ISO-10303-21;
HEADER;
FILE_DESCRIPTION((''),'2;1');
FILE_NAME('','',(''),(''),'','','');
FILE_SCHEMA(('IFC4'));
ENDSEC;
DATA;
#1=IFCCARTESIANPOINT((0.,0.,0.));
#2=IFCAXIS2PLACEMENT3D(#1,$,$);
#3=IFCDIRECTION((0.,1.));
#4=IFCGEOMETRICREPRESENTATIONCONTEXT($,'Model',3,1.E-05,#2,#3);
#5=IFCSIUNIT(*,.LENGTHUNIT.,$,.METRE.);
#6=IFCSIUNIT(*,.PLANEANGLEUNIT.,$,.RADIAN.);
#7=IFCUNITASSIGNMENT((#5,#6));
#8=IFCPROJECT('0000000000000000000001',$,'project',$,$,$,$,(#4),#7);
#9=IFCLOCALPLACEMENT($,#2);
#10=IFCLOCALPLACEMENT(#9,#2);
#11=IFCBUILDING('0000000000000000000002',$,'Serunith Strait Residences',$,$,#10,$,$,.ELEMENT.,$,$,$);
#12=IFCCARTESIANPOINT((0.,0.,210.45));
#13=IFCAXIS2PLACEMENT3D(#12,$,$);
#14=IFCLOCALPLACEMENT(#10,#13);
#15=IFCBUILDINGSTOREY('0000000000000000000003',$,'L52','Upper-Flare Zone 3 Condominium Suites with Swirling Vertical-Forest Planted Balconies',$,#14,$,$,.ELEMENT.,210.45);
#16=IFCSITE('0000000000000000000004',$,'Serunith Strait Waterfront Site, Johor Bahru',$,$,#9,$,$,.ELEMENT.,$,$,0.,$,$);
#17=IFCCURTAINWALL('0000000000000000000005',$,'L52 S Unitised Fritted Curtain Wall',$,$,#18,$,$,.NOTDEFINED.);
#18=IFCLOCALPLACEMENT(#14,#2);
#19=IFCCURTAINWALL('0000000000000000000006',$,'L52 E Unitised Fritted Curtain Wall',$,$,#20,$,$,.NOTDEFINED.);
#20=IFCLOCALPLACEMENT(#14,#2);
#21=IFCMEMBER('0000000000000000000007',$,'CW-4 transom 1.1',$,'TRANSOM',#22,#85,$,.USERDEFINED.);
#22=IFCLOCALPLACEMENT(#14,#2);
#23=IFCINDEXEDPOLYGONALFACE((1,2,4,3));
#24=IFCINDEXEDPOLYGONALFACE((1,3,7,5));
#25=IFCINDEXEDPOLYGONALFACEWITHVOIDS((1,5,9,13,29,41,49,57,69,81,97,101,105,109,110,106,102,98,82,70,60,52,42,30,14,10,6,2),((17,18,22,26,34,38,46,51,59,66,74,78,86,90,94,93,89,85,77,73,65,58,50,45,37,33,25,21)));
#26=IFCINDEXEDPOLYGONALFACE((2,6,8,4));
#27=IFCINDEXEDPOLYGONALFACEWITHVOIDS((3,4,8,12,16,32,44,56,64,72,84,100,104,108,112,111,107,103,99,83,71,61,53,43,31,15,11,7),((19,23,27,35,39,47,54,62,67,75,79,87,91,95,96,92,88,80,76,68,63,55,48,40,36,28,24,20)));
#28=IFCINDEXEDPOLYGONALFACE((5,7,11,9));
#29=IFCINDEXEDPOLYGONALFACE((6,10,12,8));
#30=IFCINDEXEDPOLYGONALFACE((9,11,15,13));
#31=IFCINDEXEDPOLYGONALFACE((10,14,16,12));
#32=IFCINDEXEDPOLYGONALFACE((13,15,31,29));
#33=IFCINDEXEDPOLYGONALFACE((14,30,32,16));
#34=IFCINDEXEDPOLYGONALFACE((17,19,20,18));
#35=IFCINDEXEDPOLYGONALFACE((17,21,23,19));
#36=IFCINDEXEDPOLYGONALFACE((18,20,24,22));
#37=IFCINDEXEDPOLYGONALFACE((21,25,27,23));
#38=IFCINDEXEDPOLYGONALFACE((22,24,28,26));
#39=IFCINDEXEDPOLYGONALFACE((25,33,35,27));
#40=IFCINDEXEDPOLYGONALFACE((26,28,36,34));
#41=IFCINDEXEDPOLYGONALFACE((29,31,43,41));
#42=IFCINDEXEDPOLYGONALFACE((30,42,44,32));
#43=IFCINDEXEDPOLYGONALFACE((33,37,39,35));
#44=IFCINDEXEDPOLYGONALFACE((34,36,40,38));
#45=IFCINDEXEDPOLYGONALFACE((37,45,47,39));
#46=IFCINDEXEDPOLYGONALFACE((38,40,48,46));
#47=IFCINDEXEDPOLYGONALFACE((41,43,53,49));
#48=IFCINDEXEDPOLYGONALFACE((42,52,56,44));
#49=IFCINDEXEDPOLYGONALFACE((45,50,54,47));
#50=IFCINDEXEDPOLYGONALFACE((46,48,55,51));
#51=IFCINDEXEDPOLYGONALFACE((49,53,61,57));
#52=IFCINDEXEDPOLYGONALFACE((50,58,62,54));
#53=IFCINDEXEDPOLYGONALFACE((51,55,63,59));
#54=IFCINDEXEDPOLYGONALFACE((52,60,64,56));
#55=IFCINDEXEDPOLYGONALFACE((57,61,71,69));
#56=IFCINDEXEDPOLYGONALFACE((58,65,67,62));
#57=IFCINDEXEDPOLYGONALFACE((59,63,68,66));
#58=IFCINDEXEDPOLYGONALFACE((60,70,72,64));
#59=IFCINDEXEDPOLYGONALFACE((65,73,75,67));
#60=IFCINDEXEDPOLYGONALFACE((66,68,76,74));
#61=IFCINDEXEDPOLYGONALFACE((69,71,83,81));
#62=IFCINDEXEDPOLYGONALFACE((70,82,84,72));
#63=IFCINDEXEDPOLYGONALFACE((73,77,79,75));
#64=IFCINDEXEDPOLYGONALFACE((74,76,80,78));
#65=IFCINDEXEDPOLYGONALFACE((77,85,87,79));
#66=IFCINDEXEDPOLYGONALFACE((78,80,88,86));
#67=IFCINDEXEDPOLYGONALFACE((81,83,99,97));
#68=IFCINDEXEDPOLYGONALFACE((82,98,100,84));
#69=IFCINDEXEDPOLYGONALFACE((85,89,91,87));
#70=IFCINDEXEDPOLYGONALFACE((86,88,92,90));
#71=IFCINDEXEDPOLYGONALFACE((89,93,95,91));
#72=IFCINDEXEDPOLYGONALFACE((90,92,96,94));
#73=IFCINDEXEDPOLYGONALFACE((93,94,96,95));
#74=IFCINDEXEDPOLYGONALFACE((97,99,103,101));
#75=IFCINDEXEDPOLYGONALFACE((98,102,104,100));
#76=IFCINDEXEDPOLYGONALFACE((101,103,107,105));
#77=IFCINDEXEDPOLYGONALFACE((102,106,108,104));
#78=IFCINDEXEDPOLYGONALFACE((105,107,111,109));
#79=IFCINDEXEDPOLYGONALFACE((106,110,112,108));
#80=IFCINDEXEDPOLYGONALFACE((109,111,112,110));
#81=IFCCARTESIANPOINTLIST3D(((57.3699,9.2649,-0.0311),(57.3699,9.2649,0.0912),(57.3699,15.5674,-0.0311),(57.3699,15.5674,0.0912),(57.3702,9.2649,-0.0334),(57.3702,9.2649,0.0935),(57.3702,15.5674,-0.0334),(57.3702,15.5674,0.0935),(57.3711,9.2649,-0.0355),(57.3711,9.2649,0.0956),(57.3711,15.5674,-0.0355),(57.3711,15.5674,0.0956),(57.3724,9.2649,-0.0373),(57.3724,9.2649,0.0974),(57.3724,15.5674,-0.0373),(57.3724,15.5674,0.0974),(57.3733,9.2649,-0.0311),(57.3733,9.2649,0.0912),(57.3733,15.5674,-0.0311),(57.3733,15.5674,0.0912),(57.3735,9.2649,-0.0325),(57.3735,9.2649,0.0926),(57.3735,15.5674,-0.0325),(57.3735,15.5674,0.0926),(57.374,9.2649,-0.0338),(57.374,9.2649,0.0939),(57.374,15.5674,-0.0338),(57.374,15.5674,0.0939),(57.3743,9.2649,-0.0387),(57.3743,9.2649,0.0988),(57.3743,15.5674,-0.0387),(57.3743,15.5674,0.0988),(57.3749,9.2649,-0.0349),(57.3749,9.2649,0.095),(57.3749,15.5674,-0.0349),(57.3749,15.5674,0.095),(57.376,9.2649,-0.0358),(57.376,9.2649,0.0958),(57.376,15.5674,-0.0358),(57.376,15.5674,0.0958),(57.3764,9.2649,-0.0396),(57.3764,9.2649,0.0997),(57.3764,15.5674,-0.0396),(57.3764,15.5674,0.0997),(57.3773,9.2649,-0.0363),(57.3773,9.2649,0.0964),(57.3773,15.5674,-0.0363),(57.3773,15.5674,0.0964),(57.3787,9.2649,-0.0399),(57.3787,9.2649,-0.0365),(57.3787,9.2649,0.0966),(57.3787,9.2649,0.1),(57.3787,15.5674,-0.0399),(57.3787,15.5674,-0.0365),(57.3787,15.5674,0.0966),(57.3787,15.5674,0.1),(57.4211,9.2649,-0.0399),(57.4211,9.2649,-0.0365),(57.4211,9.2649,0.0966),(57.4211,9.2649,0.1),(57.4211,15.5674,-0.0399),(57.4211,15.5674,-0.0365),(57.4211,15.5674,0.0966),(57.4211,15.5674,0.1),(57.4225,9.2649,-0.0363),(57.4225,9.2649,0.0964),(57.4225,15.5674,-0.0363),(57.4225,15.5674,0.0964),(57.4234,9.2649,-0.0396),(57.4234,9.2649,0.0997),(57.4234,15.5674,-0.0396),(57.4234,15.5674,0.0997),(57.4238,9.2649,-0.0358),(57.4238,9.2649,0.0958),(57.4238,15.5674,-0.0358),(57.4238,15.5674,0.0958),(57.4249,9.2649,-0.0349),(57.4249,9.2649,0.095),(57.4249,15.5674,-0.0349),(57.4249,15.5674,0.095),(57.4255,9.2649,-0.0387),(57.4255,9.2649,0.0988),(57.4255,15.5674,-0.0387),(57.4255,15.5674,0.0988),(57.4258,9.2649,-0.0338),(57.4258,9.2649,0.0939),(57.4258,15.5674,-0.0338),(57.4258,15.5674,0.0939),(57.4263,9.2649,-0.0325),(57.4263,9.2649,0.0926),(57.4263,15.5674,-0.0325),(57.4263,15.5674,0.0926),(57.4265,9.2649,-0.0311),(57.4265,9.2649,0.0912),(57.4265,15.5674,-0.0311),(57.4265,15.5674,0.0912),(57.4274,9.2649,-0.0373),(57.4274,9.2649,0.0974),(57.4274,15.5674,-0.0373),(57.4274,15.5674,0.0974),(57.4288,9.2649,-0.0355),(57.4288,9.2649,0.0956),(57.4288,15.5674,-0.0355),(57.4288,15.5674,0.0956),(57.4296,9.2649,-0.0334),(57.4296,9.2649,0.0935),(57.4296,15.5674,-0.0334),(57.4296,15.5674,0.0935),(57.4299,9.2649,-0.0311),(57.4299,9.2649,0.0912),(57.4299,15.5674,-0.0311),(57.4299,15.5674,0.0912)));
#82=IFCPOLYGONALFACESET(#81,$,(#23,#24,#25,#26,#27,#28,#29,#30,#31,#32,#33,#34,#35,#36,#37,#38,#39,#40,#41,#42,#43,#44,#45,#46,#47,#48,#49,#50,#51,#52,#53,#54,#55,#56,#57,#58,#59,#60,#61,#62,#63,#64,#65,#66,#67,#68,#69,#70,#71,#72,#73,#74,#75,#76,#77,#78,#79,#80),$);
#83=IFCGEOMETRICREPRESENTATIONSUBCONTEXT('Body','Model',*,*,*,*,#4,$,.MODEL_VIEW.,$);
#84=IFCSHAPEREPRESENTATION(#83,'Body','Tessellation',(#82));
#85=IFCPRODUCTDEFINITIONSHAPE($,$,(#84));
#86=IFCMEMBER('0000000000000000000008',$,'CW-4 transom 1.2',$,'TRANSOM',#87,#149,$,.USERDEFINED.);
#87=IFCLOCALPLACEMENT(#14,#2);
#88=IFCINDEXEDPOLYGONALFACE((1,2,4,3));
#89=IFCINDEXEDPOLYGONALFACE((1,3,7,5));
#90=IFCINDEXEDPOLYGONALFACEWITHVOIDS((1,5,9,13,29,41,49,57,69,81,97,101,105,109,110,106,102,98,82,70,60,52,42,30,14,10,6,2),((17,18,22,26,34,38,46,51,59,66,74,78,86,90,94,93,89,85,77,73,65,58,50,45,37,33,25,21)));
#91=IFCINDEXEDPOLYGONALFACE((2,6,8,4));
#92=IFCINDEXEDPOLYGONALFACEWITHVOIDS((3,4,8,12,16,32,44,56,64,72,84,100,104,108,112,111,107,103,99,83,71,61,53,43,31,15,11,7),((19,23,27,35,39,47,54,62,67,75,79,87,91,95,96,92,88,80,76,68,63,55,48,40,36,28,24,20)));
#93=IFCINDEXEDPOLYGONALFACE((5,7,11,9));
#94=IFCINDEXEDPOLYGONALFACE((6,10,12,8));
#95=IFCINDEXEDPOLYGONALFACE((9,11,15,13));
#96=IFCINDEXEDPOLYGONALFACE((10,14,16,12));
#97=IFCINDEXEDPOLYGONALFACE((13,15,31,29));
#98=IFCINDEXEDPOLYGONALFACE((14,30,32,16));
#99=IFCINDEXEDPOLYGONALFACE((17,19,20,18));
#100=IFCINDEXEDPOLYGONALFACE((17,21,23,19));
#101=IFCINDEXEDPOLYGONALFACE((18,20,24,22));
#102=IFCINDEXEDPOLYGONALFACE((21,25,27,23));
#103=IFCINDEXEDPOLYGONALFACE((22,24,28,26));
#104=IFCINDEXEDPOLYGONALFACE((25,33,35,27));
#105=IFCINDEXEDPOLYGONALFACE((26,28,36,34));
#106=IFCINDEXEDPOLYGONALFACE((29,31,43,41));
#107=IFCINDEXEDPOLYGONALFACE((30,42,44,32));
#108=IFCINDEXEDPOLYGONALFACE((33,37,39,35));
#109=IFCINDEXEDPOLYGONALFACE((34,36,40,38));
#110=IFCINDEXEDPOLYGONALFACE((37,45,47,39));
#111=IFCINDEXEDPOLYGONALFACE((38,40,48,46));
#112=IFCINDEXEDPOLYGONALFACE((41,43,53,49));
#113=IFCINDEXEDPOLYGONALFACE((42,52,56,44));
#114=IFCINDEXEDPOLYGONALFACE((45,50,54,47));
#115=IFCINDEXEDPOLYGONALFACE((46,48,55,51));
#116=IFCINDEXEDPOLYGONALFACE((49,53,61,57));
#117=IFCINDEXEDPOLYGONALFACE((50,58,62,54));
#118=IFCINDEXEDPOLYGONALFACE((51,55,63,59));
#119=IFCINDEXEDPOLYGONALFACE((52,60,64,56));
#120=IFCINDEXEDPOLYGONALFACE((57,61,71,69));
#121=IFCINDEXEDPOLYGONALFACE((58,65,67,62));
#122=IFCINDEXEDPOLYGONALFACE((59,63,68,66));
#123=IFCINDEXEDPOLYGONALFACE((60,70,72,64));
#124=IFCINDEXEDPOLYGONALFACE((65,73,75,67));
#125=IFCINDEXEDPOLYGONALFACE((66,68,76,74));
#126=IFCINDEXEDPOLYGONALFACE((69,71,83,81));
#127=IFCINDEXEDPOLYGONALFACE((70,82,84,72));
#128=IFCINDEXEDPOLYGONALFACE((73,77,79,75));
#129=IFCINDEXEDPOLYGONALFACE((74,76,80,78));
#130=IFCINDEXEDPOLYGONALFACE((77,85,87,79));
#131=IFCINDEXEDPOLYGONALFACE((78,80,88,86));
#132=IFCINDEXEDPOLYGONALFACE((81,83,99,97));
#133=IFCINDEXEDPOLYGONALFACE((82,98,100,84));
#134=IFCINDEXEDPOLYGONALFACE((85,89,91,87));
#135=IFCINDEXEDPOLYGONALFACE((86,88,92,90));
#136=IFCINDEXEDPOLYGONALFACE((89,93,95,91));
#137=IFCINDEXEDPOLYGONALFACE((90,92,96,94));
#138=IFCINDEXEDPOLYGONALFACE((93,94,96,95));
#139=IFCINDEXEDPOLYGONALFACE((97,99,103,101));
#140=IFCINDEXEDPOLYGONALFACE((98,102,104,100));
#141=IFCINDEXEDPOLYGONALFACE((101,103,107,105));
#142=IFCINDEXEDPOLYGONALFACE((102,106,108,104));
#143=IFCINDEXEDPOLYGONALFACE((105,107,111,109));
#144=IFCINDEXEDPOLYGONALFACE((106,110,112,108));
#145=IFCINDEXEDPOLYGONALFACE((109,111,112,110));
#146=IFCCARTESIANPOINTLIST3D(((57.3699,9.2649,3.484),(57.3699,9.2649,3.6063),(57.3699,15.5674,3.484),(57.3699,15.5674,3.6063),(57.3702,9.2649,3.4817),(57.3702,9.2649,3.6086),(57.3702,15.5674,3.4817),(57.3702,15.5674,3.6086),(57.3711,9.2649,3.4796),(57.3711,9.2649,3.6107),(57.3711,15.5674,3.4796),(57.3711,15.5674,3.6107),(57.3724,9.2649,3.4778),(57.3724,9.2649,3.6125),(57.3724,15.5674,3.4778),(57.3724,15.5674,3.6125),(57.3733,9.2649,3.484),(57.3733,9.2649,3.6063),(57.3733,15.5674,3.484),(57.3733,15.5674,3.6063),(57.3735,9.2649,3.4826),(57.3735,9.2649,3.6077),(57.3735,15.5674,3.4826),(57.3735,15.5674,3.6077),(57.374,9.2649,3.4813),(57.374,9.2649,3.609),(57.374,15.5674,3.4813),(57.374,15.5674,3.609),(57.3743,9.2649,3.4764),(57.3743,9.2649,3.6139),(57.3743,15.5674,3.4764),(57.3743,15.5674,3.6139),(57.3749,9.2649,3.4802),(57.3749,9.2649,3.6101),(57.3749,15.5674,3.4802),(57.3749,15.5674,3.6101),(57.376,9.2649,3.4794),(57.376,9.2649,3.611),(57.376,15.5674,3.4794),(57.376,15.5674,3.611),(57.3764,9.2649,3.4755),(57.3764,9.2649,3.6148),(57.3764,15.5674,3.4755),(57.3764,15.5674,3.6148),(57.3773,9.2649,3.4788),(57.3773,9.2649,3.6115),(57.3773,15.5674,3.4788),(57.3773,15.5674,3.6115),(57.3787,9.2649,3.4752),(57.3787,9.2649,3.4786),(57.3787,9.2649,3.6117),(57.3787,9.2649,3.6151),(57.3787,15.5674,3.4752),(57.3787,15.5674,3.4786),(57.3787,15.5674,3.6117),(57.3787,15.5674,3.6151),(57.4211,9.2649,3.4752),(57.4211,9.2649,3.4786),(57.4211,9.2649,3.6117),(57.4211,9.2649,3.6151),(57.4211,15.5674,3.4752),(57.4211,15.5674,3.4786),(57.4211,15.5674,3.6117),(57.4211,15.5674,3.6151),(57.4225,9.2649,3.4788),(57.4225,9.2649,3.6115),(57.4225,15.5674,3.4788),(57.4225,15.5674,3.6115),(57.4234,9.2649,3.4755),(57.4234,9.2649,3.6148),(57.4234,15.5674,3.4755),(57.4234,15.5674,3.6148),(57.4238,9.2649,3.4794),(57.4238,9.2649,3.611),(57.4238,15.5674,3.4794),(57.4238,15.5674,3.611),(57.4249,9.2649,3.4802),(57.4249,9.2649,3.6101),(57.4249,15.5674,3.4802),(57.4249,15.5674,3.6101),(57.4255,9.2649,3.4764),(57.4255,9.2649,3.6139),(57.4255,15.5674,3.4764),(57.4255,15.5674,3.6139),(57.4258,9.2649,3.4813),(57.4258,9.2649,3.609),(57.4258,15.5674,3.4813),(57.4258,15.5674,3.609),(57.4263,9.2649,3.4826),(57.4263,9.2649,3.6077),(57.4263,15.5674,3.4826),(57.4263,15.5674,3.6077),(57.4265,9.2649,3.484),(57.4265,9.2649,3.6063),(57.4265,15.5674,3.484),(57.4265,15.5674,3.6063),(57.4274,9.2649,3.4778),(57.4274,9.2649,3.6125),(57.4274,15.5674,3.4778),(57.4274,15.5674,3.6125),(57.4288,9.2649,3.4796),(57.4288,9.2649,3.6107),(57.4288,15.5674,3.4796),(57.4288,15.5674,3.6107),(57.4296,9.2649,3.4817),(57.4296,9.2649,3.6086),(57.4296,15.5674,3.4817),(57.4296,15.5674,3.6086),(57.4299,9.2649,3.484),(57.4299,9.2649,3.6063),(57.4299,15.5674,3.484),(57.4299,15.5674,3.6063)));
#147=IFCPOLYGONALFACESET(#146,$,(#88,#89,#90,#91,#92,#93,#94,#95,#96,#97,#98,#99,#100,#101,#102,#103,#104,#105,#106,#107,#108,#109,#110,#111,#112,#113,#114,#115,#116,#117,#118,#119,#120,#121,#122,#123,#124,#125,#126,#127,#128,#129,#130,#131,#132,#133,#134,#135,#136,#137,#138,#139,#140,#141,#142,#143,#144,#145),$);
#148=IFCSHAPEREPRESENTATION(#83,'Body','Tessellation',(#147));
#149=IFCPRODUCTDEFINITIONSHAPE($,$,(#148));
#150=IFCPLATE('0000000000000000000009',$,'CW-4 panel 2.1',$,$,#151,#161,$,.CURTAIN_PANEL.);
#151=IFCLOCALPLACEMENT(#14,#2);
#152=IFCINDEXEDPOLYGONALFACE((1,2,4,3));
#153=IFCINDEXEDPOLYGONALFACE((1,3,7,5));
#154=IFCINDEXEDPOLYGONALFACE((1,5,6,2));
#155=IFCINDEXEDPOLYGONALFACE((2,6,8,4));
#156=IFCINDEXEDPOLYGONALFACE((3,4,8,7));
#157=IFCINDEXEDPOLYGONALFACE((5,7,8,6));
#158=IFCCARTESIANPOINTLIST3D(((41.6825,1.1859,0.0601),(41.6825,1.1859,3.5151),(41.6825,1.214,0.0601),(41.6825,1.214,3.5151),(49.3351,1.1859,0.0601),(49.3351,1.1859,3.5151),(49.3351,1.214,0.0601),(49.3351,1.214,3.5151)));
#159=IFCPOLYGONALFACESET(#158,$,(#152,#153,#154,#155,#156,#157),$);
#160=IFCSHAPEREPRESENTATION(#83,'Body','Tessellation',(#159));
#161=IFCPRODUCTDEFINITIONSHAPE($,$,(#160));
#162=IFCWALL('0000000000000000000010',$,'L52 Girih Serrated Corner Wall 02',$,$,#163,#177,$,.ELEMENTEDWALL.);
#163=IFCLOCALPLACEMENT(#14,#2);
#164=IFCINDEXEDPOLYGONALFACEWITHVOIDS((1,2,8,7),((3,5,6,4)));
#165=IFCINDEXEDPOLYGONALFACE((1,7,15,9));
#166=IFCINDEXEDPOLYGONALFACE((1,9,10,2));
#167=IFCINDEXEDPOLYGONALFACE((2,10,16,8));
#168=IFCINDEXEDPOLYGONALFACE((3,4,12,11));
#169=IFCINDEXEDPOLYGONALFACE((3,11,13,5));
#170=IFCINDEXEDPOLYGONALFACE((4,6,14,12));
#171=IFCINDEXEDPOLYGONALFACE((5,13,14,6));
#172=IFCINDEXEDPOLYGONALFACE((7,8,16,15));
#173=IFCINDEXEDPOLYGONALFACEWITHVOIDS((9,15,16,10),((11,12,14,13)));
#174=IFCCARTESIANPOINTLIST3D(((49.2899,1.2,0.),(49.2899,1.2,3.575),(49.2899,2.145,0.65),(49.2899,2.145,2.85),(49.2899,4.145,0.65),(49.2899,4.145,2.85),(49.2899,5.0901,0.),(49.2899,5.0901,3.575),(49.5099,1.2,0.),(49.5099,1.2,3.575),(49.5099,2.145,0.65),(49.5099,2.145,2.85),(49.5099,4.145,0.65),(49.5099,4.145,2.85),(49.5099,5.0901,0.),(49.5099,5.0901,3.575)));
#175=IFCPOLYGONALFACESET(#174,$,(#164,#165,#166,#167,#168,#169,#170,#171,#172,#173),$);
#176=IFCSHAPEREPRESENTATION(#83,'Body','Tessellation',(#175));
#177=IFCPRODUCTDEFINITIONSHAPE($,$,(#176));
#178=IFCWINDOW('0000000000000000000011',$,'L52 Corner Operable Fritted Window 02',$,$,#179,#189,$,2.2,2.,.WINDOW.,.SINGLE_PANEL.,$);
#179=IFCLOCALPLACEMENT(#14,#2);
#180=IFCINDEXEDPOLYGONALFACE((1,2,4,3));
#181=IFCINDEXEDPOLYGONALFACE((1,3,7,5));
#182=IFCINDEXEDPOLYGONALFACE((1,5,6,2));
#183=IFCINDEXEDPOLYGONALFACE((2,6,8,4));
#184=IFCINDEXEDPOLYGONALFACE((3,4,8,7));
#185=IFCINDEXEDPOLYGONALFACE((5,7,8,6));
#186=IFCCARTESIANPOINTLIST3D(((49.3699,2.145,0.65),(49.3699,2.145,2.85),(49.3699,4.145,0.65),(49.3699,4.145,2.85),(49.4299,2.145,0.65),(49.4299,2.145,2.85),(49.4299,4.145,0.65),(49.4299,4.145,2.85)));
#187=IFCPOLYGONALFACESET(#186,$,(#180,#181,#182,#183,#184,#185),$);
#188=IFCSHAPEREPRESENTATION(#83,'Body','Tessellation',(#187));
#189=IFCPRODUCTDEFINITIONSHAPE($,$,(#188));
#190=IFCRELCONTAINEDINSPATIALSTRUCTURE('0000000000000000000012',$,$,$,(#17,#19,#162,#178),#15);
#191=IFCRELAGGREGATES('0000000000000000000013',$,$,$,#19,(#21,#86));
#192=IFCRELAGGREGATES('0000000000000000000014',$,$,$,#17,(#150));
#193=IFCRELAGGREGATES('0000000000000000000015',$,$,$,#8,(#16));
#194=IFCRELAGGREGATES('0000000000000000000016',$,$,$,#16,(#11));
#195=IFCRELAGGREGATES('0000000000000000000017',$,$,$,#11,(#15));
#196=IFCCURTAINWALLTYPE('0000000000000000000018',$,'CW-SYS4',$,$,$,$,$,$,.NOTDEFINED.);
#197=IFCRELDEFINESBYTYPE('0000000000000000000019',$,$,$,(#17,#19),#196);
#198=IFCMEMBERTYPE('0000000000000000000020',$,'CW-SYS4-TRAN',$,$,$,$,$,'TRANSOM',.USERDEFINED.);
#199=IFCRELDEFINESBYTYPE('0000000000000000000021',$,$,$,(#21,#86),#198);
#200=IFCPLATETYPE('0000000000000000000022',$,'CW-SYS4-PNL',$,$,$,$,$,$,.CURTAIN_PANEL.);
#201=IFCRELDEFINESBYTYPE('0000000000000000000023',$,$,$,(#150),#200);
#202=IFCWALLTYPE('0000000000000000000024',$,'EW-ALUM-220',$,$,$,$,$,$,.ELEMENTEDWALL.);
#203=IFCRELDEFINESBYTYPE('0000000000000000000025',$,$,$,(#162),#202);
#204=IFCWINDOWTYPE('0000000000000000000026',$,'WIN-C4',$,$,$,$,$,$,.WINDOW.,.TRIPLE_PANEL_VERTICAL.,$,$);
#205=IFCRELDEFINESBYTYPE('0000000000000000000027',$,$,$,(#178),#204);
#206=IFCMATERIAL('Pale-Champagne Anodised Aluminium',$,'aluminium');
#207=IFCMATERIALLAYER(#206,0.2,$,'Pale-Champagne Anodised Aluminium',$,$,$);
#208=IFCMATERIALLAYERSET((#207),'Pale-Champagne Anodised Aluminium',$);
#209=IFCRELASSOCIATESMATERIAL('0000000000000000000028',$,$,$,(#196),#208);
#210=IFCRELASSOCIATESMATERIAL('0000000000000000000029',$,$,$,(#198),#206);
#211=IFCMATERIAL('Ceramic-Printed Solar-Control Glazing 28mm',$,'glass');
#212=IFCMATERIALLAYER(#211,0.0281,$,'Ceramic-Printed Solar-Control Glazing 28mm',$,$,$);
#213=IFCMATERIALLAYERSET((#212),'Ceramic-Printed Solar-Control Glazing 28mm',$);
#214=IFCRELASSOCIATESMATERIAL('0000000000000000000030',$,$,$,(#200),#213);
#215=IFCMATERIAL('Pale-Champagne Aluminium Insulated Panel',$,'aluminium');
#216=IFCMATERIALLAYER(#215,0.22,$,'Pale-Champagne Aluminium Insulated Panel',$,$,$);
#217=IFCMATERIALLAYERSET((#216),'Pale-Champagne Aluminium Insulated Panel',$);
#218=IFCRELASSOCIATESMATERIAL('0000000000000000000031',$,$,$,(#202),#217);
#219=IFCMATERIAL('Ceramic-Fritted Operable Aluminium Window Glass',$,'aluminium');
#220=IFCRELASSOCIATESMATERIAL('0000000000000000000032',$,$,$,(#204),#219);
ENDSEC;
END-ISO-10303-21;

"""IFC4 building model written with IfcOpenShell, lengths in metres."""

from ifc_helpers import new_model, si_unit, direction, frame, frame_2d, origin, origin_2d, place, context, subcontext, project, spatial, rectangle, hollow_rectangle, extrude, source, transform, mapped, material, layer, layer_set, material_profile, profile_set, type_object, element, fill, aggregate, save


model = new_model("IFC4")

# Units and contexts
model_context = context("Model", 3, precision=1e-05, world=origin(), true_north=direction((0.0, 1.0)))
body_context = subcontext(model_context, "Body", "Model", "MODEL_VIEW")
ifc_project = project(units=[si_unit("LENGTHUNIT", "METRE"), si_unit("PLANEANGLEUNIT", "RADIAN")], contexts=[model_context])

# Site, building, storey
site_placement = place(None, origin())
site = spatial("IfcSite", under=ifc_project, at=site_placement, Name="Serunith Strait Waterfront Site, Johor Bahru", CompositionType="ELEMENT", RefElevation=0.0)
building_placement = place(site_placement, origin())
building = spatial("IfcBuilding", under=site, at=building_placement, Name="Serunith Strait Residences", CompositionType="ELEMENT")
storey_placement = place(building_placement, frame((0.0, 0.0, 210.45)))
storey = spatial("IfcBuildingStorey", under=building, at=storey_placement, Name="L52", Description="Upper-Flare Zone 3 Condominium Suites with Swirling Vertical-Forest Planted Balconies", CompositionType="ELEMENT", Elevation=210.45)

# Curtain wall
ifc_material_1 = material(Name="Pale-Champagne Anodised Aluminium", Category="aluminium")
ifc_layer_1 = layer(ifc_material_1, 0.2, Name="Pale-Champagne Anodised Aluminium")
ifc_layer_set_1 = layer_set([ifc_layer_1], Name="Pale-Champagne Anodised Aluminium")
curtain_wall_type = type_object("IfcCurtainWallType", Name="CW-SYS4", PredefinedType="NOTDEFINED", material=ifc_layer_set_1)
curtain_wall_1_placement = place(storey_placement, origin())
curtain_wall_1 = element("IfcCurtainWall", 1, at=curtain_wall_1_placement, inside=storey, type_object=curtain_wall_type, Name="L52 S Unitised Fritted Curtain Wall", PredefinedType="NOTDEFINED")

# Curtain wall, members
curtain_wall_2_placement = place(storey_placement, origin())
curtain_wall_2 = element("IfcCurtainWall", 2, at=curtain_wall_2_placement, inside=storey, type_object=curtain_wall_type, Name="L52 E Unitised Fritted Curtain Wall", PredefinedType="NOTDEFINED")
ifc_material_profile_1 = material_profile(ifc_material_1, hollow_rectangle(XDim=0.0601, YDim=0.1399, WallThickness=0.0034, InnerFilletRadius=0.0054, OuterFilletRadius=0.0088, at=origin_2d()), Name="ALU 140x60x3.5")
ifc_profile_set_1 = profile_set([ifc_material_profile_1], Name="Pale-Champagne Anodised Aluminium")
member_type_1 = type_object("IfcMemberType", Name="CW-SYS4-TRAN", ElementType="TRANSOM", PredefinedType="USERDEFINED", material=ifc_profile_set_1)
shared_shape_1 = source(origin(), body_context, "Body", "SweptSolid", [
    extrude(hollow_rectangle(XDim=0.0601, YDim=0.1399, WallThickness=0.0034, InnerFilletRadius=0.0054, OuterFilletRadius=0.0088, at=origin_2d()), origin(), (0.0, 0.0, 1.0), 6.3025),
])
member_1_placement = place(storey_placement, frame((57.3999, 9.2649, 0.03), z_axis=(0.0, 1.0, 0.0), x_axis=(-1.0, 0.0, 0.0)))
member_1 = element("IfcMember", 3, at=member_1_placement, type_object=member_type_1, Name="CW-4 transom 1.1", ObjectType="TRANSOM", PredefinedType="USERDEFINED", context=body_context, shape_type="MappedRepresentation", body=[
    mapped(shared_shape_1, transform((0.0, 0.0, 0.0), scale=1.0)),
])
member_2_placement = place(storey_placement, frame((57.3999, 9.2649, 3.5452), z_axis=(0.0, 1.0, 0.0), x_axis=(-1.0, 0.0, 0.0)))
member_2 = element("IfcMember", 4, at=member_2_placement, type_object=member_type_1, Name="CW-4 transom 1.2", ObjectType="TRANSOM", PredefinedType="USERDEFINED", context=body_context, shape_type="MappedRepresentation", body=[
    mapped(shared_shape_1, transform((0.0, 0.0, 0.0), scale=1.0)),
])
aggregate(curtain_wall_2, [member_1, member_2])

# Plate
ifc_material_2 = material(Name="Ceramic-Printed Solar-Control Glazing 28mm", Category="glass")
ifc_layer_2 = layer(ifc_material_2, 0.0281, Name="Ceramic-Printed Solar-Control Glazing 28mm")
ifc_layer_set_2 = layer_set([ifc_layer_2], Name="Ceramic-Printed Solar-Control Glazing 28mm")
plate_type = type_object("IfcPlateType", Name="CW-SYS4-PNL", PredefinedType="CURTAIN_PANEL", material=ifc_layer_set_2)
shared_shape_2 = source(origin(), body_context, "Body", "SweptSolid", [
    extrude(rectangle(XDim=7.6526, YDim=0.0281, at=origin_2d()), origin(), (0.0, 0.0, 1.0), 3.4551),
])
plate_placement = place(storey_placement, frame((45.5088, 1.2, 0.0601), z_axis=(0.0, 0.0, 1.0), x_axis=(1.0, 0.0, 0.0)))
plate = element("IfcPlate", 5, at=plate_placement, type_object=plate_type, Name="CW-4 panel 2.1", PredefinedType="CURTAIN_PANEL", context=body_context, shape_type="MappedRepresentation", body=[
    mapped(shared_shape_2, transform((0.0, 0.0, 0.0), scale=1.0)),
])
aggregate(curtain_wall_1, [plate])

# Wall, opening, window
ifc_material_3 = material(Name="Pale-Champagne Aluminium Insulated Panel", Category="aluminium")
ifc_layer_3 = layer(ifc_material_3, 0.22, Name="Pale-Champagne Aluminium Insulated Panel")
ifc_layer_set_3 = layer_set([ifc_layer_3], Name="Pale-Champagne Aluminium Insulated Panel")
wall_type_1 = type_object("IfcWallType", Name="EW-ALUM-220", PredefinedType="ELEMENTEDWALL", material=ifc_layer_set_3)
wall_1_placement = place(storey_placement, frame((49.3999, 1.2, 0.0), z_axis=(0.0, 0.0, 1.0), x_axis=(0.0, 1.0, 0.0)))
wall_1 = element("IfcWall", 6, at=wall_1_placement, inside=storey, type_object=wall_type_1, Name="L52 Girih Serrated Corner Wall 02", PredefinedType="ELEMENTEDWALL", context=body_context, shape_type="SweptSolid", body=[
    extrude(rectangle(XDim=3.8901, YDim=0.22, at=frame_2d((1.9451, 0.0))), origin(), (0.0, 0.0, 1.0), 3.575),
])
opening_1_placement = place(wall_1_placement, frame((0.9451, 0.0, 0.6499)))
opening_1 = element("IfcOpeningElement", 7, at=opening_1_placement, cuts=wall_1, PredefinedType="OPENING", context=body_context, shape_type="SweptSolid", body=[
    extrude(rectangle(XDim=2.0, YDim=2.2, at=frame_2d((1.0, 1.1001))), frame((0.0, 0.1201, 0.0), z_axis=(0.0, -1.0, 0.0), x_axis=(1.0, 0.0, 0.0)), (0.0, 0.0, 1.0), 0.24),
])
ifc_material_4 = material(Name="Ceramic-Fritted Operable Aluminium Window Glass", Category="aluminium")
window_type = type_object("IfcWindowType", Name="WIN-C4", PartitioningType="TRIPLE_PANEL_VERTICAL", PredefinedType="WINDOW", material=ifc_material_4)
shared_shape_3 = source(origin(), body_context, "Body", "SweptSolid", [
    extrude(rectangle(XDim=2.0, YDim=2.2, at=frame_2d((1.0, 1.1001))), frame((0.0, 0.03, 0.0), z_axis=(0.0, -1.0, 0.0), x_axis=(1.0, 0.0, 0.0)), (0.0, 0.0, 1.0), 0.0601),
])
window_1_placement = place(opening_1_placement, origin())
window_1 = element("IfcWindow", 8, at=window_1_placement, inside=storey, type_object=window_type, Name="L52 Corner Operable Fritted Window 02", OverallHeight=2.2, OverallWidth=2.0, PartitioningType="SINGLE_PANEL", PredefinedType="WINDOW", context=body_context, shape_type="MappedRepresentation", body=[
    mapped(shared_shape_3, transform((0.0, 0.0, 0.0), scale=1.0)),
])
fill(opening_1, window_1)

save(model, "model.ifc")
